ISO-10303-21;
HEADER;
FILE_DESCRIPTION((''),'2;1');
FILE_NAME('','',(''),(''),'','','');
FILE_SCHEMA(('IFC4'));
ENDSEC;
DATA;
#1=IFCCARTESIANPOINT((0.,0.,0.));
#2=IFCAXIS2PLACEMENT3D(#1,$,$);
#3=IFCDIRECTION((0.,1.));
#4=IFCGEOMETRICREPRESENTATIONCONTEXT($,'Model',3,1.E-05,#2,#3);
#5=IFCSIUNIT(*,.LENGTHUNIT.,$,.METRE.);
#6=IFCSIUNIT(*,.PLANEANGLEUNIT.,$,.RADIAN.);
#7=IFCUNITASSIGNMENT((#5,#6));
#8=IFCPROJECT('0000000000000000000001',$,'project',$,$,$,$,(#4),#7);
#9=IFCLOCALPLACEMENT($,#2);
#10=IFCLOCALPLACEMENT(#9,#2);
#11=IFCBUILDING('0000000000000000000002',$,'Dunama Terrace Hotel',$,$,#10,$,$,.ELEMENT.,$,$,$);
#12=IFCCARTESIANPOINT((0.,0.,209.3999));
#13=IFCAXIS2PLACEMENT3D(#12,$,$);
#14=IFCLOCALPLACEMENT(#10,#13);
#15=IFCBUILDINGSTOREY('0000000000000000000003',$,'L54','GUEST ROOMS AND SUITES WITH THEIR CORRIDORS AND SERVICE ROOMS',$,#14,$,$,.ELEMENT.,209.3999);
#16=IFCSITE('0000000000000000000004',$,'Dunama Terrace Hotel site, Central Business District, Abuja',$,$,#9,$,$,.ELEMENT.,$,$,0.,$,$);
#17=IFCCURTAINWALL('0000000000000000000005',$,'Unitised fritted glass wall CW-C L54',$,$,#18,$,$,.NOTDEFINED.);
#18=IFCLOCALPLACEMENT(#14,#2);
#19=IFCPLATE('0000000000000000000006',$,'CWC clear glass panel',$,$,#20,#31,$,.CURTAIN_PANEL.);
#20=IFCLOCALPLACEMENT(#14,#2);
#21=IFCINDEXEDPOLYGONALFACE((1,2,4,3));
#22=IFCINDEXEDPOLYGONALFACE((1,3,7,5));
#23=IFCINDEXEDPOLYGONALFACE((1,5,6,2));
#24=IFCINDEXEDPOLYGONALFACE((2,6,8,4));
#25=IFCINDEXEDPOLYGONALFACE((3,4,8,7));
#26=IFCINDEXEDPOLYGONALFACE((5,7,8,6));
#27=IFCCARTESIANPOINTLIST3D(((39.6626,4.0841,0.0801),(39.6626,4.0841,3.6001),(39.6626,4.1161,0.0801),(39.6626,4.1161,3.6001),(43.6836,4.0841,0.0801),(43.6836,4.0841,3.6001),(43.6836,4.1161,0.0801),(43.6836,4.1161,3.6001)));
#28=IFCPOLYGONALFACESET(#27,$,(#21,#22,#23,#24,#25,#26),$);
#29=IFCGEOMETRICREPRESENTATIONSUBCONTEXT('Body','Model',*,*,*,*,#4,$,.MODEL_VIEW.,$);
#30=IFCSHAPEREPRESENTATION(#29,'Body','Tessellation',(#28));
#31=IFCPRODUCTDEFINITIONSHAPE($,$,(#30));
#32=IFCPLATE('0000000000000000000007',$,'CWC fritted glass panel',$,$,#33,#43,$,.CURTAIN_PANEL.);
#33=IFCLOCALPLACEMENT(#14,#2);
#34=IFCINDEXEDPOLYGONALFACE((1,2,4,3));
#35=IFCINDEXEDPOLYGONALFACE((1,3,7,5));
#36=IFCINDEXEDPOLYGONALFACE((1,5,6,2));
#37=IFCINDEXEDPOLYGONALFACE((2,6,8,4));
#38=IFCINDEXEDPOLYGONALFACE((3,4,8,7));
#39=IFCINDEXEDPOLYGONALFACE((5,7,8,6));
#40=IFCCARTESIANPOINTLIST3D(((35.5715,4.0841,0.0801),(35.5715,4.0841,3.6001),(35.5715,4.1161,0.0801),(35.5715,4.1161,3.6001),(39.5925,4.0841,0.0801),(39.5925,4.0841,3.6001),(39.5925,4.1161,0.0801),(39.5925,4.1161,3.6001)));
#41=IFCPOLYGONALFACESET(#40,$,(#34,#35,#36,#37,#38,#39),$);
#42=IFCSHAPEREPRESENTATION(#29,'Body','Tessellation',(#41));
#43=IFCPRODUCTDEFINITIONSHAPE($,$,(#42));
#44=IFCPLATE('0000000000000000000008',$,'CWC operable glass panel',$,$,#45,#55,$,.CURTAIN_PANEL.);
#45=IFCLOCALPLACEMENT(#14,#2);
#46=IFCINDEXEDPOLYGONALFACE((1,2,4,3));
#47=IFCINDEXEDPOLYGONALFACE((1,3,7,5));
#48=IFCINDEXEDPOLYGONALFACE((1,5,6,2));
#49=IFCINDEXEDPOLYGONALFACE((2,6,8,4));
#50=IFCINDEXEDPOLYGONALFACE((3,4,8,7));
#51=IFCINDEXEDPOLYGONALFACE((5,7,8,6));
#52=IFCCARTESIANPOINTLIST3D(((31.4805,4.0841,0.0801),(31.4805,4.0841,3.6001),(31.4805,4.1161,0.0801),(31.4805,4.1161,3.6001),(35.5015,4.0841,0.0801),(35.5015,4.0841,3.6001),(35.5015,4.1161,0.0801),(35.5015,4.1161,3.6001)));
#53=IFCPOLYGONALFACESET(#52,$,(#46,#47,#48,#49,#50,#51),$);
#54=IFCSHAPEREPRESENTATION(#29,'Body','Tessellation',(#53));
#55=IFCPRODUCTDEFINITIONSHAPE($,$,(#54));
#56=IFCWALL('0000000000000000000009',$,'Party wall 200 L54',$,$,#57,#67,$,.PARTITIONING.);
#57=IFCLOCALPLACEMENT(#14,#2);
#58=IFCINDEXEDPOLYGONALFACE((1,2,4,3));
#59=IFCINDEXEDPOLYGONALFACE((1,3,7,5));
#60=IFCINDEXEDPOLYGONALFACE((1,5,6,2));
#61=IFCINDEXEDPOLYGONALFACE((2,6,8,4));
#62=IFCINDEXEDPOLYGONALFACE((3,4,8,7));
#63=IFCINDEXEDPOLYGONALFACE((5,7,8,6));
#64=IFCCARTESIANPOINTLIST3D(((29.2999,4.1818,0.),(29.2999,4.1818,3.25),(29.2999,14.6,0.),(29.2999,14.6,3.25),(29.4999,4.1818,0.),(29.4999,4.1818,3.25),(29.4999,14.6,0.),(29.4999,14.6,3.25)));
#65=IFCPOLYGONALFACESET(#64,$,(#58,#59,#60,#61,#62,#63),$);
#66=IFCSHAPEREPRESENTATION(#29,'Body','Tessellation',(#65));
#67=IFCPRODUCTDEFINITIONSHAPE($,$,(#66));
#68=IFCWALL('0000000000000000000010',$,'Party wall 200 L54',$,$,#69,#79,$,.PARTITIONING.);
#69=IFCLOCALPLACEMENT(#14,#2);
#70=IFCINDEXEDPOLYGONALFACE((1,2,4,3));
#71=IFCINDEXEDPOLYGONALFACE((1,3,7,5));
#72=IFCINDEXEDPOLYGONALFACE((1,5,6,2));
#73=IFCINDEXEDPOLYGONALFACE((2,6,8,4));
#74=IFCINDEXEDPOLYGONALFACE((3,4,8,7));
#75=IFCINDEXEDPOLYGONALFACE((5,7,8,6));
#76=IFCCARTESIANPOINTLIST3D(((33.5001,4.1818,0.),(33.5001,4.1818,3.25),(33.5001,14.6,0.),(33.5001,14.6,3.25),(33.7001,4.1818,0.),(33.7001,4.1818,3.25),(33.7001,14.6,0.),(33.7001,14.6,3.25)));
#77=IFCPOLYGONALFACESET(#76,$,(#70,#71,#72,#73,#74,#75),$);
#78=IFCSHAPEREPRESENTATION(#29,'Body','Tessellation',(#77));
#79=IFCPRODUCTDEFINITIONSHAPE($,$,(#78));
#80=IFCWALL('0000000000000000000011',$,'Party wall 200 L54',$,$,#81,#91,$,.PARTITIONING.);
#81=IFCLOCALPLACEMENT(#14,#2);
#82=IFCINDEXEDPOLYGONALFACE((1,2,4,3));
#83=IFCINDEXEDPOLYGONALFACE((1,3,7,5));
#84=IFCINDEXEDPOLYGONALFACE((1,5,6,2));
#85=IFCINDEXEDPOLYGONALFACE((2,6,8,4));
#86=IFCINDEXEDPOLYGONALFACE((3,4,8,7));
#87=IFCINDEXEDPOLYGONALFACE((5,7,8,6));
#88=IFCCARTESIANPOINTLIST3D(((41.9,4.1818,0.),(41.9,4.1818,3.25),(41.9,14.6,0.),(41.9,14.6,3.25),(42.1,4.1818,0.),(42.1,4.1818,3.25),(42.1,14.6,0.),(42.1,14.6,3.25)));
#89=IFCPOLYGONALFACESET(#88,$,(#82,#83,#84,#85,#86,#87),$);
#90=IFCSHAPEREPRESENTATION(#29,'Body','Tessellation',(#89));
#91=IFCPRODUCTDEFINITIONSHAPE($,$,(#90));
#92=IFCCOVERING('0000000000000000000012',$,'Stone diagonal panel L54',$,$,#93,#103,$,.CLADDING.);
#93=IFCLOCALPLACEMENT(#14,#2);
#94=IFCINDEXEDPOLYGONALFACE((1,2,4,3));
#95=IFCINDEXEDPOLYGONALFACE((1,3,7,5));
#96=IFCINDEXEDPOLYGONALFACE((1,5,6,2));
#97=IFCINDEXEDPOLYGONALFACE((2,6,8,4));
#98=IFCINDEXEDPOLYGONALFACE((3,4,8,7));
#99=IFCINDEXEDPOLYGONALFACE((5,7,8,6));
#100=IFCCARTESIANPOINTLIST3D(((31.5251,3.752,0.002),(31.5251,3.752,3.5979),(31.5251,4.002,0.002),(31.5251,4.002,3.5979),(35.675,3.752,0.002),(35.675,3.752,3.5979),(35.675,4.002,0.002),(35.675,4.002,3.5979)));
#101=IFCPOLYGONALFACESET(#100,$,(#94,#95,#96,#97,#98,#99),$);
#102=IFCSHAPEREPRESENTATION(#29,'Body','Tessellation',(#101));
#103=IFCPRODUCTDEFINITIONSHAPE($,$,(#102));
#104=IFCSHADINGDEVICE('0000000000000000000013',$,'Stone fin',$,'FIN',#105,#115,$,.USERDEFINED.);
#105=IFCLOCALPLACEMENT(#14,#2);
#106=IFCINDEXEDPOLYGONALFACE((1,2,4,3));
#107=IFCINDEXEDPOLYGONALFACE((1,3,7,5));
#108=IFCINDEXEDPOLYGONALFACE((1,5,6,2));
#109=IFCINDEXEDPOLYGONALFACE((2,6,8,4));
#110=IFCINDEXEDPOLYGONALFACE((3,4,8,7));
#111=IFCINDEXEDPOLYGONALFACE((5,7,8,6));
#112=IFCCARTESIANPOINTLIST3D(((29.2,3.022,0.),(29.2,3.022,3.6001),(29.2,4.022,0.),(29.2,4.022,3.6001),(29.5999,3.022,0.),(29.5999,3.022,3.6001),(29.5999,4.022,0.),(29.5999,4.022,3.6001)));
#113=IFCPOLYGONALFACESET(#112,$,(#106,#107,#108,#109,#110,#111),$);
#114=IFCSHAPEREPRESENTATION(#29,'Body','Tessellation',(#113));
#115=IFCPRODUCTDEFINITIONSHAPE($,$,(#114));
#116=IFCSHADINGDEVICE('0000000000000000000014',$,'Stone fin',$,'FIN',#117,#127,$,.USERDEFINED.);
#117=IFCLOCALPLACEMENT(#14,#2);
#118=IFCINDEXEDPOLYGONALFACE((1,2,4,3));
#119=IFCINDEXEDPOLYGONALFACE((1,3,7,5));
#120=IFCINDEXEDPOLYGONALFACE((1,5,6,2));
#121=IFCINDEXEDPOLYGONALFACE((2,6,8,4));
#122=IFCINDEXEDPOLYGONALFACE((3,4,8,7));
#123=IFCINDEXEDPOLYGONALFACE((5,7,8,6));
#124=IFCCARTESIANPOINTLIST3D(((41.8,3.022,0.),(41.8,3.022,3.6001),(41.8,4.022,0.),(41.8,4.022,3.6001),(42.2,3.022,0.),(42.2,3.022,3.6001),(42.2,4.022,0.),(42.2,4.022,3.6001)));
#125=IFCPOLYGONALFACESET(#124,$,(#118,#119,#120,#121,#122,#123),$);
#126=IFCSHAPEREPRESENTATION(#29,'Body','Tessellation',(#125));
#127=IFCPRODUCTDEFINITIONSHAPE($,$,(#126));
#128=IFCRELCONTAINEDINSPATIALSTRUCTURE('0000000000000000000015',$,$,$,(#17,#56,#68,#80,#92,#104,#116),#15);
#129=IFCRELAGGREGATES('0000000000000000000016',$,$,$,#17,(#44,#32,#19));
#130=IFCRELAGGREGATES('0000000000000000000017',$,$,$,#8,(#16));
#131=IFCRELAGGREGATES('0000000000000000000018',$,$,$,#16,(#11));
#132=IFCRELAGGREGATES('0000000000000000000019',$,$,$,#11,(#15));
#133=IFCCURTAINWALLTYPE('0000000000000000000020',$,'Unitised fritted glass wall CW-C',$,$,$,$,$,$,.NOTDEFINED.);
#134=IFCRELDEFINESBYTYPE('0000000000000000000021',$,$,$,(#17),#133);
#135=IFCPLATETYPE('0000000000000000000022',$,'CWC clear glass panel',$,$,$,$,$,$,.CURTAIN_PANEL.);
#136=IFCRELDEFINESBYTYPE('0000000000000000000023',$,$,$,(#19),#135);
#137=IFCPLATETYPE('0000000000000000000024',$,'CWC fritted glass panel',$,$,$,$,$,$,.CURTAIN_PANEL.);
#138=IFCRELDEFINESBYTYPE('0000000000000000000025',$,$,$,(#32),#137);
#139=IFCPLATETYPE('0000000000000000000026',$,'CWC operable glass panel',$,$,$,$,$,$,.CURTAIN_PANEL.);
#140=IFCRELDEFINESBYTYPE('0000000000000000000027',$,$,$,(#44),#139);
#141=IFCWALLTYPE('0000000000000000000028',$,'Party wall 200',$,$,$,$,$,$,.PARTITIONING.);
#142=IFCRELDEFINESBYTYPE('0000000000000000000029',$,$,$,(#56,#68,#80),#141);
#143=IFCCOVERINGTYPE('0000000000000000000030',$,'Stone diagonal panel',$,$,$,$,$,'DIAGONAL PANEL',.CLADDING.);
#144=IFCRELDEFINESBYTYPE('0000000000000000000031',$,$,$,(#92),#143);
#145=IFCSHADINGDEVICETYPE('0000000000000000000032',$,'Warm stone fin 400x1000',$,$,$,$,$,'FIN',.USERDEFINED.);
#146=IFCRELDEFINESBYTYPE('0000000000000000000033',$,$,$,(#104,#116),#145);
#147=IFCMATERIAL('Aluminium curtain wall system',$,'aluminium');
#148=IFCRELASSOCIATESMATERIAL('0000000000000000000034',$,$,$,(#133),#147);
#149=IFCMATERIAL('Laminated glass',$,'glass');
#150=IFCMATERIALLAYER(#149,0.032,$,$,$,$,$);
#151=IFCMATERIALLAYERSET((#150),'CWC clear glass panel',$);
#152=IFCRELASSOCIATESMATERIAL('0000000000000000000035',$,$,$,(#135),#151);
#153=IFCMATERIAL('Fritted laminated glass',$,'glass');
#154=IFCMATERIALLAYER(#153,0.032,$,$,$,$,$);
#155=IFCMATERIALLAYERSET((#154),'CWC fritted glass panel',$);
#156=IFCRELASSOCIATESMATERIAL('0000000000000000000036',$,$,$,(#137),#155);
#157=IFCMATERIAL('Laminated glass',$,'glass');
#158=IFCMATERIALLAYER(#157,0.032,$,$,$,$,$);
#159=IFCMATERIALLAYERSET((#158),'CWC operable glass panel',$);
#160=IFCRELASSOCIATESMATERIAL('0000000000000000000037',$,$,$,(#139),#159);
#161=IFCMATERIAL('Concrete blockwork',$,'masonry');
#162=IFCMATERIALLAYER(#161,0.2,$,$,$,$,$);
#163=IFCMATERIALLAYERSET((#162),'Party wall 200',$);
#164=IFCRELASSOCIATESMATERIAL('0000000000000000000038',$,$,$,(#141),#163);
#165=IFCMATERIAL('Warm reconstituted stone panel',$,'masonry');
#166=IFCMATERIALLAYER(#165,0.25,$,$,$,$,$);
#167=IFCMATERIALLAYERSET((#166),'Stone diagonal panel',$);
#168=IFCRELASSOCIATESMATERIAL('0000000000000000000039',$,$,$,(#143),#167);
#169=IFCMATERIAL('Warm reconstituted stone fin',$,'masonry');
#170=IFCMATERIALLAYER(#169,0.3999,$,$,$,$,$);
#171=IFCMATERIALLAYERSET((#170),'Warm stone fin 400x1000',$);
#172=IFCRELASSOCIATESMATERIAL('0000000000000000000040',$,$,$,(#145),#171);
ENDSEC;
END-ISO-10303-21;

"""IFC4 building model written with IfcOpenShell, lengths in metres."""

from ifc_helpers import new_model, si_unit, direction, frame, frame_2d, origin, origin_2d, place, context, subcontext, project, spatial, rectangle, extrude, material, layer, layer_set, type_object, element, aggregate, save


model = new_model("IFC4")

# Units and contexts
model_context = context("Model", 3, precision=1e-05, world=origin(), true_north=direction((0.0, 1.0)))
body_context = subcontext(model_context, "Body", "Model", "MODEL_VIEW")
ifc_project = project(units=[si_unit("LENGTHUNIT", "METRE"), si_unit("PLANEANGLEUNIT", "RADIAN")], contexts=[model_context])

# Site, building, storey
site_placement = place(None, origin())
site = spatial("IfcSite", under=ifc_project, at=site_placement, Name="Dunama Terrace Hotel site, Central Business District, Abuja", CompositionType="ELEMENT", RefElevation=0.0)
building_placement = place(site_placement, origin())
building = spatial("IfcBuilding", under=site, at=building_placement, Name="Dunama Terrace Hotel", CompositionType="ELEMENT")
storey_placement = place(building_placement, frame((0.0, 0.0, 209.3999)))
storey = spatial("IfcBuildingStorey", under=building, at=storey_placement, Name="L54", Description="GUEST ROOMS AND SUITES WITH THEIR CORRIDORS AND SERVICE ROOMS", CompositionType="ELEMENT", Elevation=209.3999)

# Curtain wall
ifc_material_1 = material(Name="Aluminium curtain wall system", Category="aluminium")
curtain_wall_type = type_object("IfcCurtainWallType", Name="Unitised fritted glass wall CW-C", PredefinedType="NOTDEFINED", material=ifc_material_1)
curtain_wall_placement = place(storey_placement, origin())
curtain_wall = element("IfcCurtainWall", 1, at=curtain_wall_placement, inside=storey, type_object=curtain_wall_type, Name="Unitised fritted glass wall CW-C L54", PredefinedType="NOTDEFINED")

# Plates
ifc_material_2 = material(Name="Laminated glass", Category="glass")
ifc_layer_1 = layer(ifc_material_2, 0.032)
ifc_layer_set_1 = layer_set([ifc_layer_1], Name="CWC clear glass panel")
plate_type_1 = type_object("IfcPlateType", Name="CWC clear glass panel", PredefinedType="CURTAIN_PANEL", material=ifc_layer_set_1)
plate_1_placement = place(storey_placement, frame((41.6731, 4.1001, 0.0801), z_axis=(0.0, 0.0, 1.0), x_axis=(1.0, 0.0, 0.0)))
plate_1 = element("IfcPlate", 2, at=plate_1_placement, type_object=plate_type_1, Name="CWC clear glass panel", PredefinedType="CURTAIN_PANEL", context=body_context, shape_type="SweptSolid", body=[
    extrude(rectangle(XDim=4.021, YDim=0.032, at=origin_2d()), origin(), (0.0, 0.0, 1.0), 3.52),
])
ifc_material_3 = material(Name="Fritted laminated glass", Category="glass")
ifc_layer_2 = layer(ifc_material_3, 0.032)
ifc_layer_set_2 = layer_set([ifc_layer_2], Name="CWC fritted glass panel")
plate_type_2 = type_object("IfcPlateType", Name="CWC fritted glass panel", PredefinedType="CURTAIN_PANEL", material=ifc_layer_set_2)
plate_2_placement = place(storey_placement, frame((37.582, 4.1001, 0.0801), z_axis=(0.0, 0.0, 1.0), x_axis=(1.0, 0.0, 0.0)))
plate_2 = element("IfcPlate", 3, at=plate_2_placement, type_object=plate_type_2, Name="CWC fritted glass panel", PredefinedType="CURTAIN_PANEL", context=body_context, shape_type="SweptSolid", body=[
    extrude(rectangle(XDim=4.021, YDim=0.032, at=origin_2d()), origin(), (0.0, 0.0, 1.0), 3.52),
])
ifc_material_4 = material(Name="Laminated glass", Category="glass")
ifc_layer_3 = layer(ifc_material_4, 0.032)
ifc_layer_set_3 = layer_set([ifc_layer_3], Name="CWC operable glass panel")
plate_type_3 = type_object("IfcPlateType", Name="CWC operable glass panel", PredefinedType="CURTAIN_PANEL", material=ifc_layer_set_3)
plate_3_placement = place(storey_placement, frame((33.491, 4.1001, 0.0801), z_axis=(0.0, 0.0, 1.0), x_axis=(1.0, 0.0, 0.0)))
plate_3 = element("IfcPlate", 4, at=plate_3_placement, type_object=plate_type_3, Name="CWC operable glass panel", PredefinedType="CURTAIN_PANEL", context=body_context, shape_type="SweptSolid", body=[
    extrude(rectangle(XDim=4.021, YDim=0.032, at=origin_2d()), origin(), (0.0, 0.0, 1.0), 3.52),
])
aggregate(curtain_wall, [plate_3, plate_2, plate_1])

# Walls
ifc_material_5 = material(Name="Concrete blockwork", Category="masonry")
ifc_layer_4 = layer(ifc_material_5, 0.2)
ifc_layer_set_4 = layer_set([ifc_layer_4], Name="Party wall 200")
wall_type = type_object("IfcWallType", Name="Party wall 200", PredefinedType="PARTITIONING", material=ifc_layer_set_4)
for number, where, z_axis, x_axis, name in (
    (5, (29.3999, 4.1819, 0.0), (0.0, 0.0, 1.0), (0.0, 1.0, 0.0), "Party wall 200 L54"),
    (6, (33.6001, 4.1819, 0.0), (0.0, 0.0, 1.0), (0.0, 1.0, 0.0), "Party wall 200 L54"),
    (7, (42.0, 4.1819, 0.0), (0.0, 0.0, 1.0), (0.0, 1.0, 0.0), "Party wall 200 L54"),
):
    element("IfcWall", number, at=place(storey_placement, frame(where, z_axis=z_axis, x_axis=x_axis)), inside=storey, type_object=wall_type, Name=name, PredefinedType="PARTITIONING", context=body_context, shape_type="SweptSolid", body=[
        extrude(rectangle(XDim=10.4182, YDim=0.2, at=frame_2d((5.209, 0.0))), origin(), (0.0, 0.0, 1.0), 3.25),
    ])

# Covering
ifc_material_6 = material(Name="Warm reconstituted stone panel", Category="masonry")
ifc_layer_5 = layer(ifc_material_6, 0.25)
ifc_layer_set_5 = layer_set([ifc_layer_5], Name="Stone diagonal panel")
covering_type = type_object("IfcCoveringType", Name="Stone diagonal panel", ElementType="DIAGONAL PANEL", PredefinedType="CLADDING", material=ifc_layer_set_5)
covering_placement = place(storey_placement, frame((33.6001, 3.877, 0.002), z_axis=(0.0, 0.0, 1.0), x_axis=(1.0, 0.0, 0.0)))
element("IfcCovering", 8, at=covering_placement, inside=storey, type_object=covering_type, Name="Stone diagonal panel L54", PredefinedType="CLADDING", context=body_context, shape_type="SweptSolid", body=[
    extrude(rectangle(XDim=4.1499, YDim=0.25, at=origin_2d()), origin(), (0.0, 0.0, 1.0), 3.5959),
])

# Shading devices
ifc_material_7 = material(Name="Warm reconstituted stone fin", Category="masonry")
ifc_layer_6 = layer(ifc_material_7, 0.3999)
ifc_layer_set_6 = layer_set([ifc_layer_6], Name="Warm stone fin 400x1000")
shading_device_type = type_object("IfcShadingDeviceType", Name="Warm stone fin 400x1000", ElementType="FIN", PredefinedType="USERDEFINED", material=ifc_layer_set_6)
for number, where, z_axis, x_axis, name in (
    (9, (29.3999, 3.522, 0.0), (0.0, 0.0, 1.0), (1.0, 0.0, 0.0), "Stone fin"),
    (10, (42.0, 3.522, 0.0), (0.0, 0.0, 1.0), (1.0, 0.0, 0.0), "Stone fin"),
):
    element("IfcShadingDevice", number, at=place(storey_placement, frame(where, z_axis=z_axis, x_axis=x_axis)), inside=storey, type_object=shading_device_type, Name=name, ObjectType="FIN", PredefinedType="USERDEFINED", context=body_context, shape_type="SweptSolid", body=[
        extrude(rectangle(XDim=0.3999, YDim=1.0, at=origin_2d()), origin(), (0.0, 0.0, 1.0), 3.6001),
    ])

save(model, "model.ifc")
